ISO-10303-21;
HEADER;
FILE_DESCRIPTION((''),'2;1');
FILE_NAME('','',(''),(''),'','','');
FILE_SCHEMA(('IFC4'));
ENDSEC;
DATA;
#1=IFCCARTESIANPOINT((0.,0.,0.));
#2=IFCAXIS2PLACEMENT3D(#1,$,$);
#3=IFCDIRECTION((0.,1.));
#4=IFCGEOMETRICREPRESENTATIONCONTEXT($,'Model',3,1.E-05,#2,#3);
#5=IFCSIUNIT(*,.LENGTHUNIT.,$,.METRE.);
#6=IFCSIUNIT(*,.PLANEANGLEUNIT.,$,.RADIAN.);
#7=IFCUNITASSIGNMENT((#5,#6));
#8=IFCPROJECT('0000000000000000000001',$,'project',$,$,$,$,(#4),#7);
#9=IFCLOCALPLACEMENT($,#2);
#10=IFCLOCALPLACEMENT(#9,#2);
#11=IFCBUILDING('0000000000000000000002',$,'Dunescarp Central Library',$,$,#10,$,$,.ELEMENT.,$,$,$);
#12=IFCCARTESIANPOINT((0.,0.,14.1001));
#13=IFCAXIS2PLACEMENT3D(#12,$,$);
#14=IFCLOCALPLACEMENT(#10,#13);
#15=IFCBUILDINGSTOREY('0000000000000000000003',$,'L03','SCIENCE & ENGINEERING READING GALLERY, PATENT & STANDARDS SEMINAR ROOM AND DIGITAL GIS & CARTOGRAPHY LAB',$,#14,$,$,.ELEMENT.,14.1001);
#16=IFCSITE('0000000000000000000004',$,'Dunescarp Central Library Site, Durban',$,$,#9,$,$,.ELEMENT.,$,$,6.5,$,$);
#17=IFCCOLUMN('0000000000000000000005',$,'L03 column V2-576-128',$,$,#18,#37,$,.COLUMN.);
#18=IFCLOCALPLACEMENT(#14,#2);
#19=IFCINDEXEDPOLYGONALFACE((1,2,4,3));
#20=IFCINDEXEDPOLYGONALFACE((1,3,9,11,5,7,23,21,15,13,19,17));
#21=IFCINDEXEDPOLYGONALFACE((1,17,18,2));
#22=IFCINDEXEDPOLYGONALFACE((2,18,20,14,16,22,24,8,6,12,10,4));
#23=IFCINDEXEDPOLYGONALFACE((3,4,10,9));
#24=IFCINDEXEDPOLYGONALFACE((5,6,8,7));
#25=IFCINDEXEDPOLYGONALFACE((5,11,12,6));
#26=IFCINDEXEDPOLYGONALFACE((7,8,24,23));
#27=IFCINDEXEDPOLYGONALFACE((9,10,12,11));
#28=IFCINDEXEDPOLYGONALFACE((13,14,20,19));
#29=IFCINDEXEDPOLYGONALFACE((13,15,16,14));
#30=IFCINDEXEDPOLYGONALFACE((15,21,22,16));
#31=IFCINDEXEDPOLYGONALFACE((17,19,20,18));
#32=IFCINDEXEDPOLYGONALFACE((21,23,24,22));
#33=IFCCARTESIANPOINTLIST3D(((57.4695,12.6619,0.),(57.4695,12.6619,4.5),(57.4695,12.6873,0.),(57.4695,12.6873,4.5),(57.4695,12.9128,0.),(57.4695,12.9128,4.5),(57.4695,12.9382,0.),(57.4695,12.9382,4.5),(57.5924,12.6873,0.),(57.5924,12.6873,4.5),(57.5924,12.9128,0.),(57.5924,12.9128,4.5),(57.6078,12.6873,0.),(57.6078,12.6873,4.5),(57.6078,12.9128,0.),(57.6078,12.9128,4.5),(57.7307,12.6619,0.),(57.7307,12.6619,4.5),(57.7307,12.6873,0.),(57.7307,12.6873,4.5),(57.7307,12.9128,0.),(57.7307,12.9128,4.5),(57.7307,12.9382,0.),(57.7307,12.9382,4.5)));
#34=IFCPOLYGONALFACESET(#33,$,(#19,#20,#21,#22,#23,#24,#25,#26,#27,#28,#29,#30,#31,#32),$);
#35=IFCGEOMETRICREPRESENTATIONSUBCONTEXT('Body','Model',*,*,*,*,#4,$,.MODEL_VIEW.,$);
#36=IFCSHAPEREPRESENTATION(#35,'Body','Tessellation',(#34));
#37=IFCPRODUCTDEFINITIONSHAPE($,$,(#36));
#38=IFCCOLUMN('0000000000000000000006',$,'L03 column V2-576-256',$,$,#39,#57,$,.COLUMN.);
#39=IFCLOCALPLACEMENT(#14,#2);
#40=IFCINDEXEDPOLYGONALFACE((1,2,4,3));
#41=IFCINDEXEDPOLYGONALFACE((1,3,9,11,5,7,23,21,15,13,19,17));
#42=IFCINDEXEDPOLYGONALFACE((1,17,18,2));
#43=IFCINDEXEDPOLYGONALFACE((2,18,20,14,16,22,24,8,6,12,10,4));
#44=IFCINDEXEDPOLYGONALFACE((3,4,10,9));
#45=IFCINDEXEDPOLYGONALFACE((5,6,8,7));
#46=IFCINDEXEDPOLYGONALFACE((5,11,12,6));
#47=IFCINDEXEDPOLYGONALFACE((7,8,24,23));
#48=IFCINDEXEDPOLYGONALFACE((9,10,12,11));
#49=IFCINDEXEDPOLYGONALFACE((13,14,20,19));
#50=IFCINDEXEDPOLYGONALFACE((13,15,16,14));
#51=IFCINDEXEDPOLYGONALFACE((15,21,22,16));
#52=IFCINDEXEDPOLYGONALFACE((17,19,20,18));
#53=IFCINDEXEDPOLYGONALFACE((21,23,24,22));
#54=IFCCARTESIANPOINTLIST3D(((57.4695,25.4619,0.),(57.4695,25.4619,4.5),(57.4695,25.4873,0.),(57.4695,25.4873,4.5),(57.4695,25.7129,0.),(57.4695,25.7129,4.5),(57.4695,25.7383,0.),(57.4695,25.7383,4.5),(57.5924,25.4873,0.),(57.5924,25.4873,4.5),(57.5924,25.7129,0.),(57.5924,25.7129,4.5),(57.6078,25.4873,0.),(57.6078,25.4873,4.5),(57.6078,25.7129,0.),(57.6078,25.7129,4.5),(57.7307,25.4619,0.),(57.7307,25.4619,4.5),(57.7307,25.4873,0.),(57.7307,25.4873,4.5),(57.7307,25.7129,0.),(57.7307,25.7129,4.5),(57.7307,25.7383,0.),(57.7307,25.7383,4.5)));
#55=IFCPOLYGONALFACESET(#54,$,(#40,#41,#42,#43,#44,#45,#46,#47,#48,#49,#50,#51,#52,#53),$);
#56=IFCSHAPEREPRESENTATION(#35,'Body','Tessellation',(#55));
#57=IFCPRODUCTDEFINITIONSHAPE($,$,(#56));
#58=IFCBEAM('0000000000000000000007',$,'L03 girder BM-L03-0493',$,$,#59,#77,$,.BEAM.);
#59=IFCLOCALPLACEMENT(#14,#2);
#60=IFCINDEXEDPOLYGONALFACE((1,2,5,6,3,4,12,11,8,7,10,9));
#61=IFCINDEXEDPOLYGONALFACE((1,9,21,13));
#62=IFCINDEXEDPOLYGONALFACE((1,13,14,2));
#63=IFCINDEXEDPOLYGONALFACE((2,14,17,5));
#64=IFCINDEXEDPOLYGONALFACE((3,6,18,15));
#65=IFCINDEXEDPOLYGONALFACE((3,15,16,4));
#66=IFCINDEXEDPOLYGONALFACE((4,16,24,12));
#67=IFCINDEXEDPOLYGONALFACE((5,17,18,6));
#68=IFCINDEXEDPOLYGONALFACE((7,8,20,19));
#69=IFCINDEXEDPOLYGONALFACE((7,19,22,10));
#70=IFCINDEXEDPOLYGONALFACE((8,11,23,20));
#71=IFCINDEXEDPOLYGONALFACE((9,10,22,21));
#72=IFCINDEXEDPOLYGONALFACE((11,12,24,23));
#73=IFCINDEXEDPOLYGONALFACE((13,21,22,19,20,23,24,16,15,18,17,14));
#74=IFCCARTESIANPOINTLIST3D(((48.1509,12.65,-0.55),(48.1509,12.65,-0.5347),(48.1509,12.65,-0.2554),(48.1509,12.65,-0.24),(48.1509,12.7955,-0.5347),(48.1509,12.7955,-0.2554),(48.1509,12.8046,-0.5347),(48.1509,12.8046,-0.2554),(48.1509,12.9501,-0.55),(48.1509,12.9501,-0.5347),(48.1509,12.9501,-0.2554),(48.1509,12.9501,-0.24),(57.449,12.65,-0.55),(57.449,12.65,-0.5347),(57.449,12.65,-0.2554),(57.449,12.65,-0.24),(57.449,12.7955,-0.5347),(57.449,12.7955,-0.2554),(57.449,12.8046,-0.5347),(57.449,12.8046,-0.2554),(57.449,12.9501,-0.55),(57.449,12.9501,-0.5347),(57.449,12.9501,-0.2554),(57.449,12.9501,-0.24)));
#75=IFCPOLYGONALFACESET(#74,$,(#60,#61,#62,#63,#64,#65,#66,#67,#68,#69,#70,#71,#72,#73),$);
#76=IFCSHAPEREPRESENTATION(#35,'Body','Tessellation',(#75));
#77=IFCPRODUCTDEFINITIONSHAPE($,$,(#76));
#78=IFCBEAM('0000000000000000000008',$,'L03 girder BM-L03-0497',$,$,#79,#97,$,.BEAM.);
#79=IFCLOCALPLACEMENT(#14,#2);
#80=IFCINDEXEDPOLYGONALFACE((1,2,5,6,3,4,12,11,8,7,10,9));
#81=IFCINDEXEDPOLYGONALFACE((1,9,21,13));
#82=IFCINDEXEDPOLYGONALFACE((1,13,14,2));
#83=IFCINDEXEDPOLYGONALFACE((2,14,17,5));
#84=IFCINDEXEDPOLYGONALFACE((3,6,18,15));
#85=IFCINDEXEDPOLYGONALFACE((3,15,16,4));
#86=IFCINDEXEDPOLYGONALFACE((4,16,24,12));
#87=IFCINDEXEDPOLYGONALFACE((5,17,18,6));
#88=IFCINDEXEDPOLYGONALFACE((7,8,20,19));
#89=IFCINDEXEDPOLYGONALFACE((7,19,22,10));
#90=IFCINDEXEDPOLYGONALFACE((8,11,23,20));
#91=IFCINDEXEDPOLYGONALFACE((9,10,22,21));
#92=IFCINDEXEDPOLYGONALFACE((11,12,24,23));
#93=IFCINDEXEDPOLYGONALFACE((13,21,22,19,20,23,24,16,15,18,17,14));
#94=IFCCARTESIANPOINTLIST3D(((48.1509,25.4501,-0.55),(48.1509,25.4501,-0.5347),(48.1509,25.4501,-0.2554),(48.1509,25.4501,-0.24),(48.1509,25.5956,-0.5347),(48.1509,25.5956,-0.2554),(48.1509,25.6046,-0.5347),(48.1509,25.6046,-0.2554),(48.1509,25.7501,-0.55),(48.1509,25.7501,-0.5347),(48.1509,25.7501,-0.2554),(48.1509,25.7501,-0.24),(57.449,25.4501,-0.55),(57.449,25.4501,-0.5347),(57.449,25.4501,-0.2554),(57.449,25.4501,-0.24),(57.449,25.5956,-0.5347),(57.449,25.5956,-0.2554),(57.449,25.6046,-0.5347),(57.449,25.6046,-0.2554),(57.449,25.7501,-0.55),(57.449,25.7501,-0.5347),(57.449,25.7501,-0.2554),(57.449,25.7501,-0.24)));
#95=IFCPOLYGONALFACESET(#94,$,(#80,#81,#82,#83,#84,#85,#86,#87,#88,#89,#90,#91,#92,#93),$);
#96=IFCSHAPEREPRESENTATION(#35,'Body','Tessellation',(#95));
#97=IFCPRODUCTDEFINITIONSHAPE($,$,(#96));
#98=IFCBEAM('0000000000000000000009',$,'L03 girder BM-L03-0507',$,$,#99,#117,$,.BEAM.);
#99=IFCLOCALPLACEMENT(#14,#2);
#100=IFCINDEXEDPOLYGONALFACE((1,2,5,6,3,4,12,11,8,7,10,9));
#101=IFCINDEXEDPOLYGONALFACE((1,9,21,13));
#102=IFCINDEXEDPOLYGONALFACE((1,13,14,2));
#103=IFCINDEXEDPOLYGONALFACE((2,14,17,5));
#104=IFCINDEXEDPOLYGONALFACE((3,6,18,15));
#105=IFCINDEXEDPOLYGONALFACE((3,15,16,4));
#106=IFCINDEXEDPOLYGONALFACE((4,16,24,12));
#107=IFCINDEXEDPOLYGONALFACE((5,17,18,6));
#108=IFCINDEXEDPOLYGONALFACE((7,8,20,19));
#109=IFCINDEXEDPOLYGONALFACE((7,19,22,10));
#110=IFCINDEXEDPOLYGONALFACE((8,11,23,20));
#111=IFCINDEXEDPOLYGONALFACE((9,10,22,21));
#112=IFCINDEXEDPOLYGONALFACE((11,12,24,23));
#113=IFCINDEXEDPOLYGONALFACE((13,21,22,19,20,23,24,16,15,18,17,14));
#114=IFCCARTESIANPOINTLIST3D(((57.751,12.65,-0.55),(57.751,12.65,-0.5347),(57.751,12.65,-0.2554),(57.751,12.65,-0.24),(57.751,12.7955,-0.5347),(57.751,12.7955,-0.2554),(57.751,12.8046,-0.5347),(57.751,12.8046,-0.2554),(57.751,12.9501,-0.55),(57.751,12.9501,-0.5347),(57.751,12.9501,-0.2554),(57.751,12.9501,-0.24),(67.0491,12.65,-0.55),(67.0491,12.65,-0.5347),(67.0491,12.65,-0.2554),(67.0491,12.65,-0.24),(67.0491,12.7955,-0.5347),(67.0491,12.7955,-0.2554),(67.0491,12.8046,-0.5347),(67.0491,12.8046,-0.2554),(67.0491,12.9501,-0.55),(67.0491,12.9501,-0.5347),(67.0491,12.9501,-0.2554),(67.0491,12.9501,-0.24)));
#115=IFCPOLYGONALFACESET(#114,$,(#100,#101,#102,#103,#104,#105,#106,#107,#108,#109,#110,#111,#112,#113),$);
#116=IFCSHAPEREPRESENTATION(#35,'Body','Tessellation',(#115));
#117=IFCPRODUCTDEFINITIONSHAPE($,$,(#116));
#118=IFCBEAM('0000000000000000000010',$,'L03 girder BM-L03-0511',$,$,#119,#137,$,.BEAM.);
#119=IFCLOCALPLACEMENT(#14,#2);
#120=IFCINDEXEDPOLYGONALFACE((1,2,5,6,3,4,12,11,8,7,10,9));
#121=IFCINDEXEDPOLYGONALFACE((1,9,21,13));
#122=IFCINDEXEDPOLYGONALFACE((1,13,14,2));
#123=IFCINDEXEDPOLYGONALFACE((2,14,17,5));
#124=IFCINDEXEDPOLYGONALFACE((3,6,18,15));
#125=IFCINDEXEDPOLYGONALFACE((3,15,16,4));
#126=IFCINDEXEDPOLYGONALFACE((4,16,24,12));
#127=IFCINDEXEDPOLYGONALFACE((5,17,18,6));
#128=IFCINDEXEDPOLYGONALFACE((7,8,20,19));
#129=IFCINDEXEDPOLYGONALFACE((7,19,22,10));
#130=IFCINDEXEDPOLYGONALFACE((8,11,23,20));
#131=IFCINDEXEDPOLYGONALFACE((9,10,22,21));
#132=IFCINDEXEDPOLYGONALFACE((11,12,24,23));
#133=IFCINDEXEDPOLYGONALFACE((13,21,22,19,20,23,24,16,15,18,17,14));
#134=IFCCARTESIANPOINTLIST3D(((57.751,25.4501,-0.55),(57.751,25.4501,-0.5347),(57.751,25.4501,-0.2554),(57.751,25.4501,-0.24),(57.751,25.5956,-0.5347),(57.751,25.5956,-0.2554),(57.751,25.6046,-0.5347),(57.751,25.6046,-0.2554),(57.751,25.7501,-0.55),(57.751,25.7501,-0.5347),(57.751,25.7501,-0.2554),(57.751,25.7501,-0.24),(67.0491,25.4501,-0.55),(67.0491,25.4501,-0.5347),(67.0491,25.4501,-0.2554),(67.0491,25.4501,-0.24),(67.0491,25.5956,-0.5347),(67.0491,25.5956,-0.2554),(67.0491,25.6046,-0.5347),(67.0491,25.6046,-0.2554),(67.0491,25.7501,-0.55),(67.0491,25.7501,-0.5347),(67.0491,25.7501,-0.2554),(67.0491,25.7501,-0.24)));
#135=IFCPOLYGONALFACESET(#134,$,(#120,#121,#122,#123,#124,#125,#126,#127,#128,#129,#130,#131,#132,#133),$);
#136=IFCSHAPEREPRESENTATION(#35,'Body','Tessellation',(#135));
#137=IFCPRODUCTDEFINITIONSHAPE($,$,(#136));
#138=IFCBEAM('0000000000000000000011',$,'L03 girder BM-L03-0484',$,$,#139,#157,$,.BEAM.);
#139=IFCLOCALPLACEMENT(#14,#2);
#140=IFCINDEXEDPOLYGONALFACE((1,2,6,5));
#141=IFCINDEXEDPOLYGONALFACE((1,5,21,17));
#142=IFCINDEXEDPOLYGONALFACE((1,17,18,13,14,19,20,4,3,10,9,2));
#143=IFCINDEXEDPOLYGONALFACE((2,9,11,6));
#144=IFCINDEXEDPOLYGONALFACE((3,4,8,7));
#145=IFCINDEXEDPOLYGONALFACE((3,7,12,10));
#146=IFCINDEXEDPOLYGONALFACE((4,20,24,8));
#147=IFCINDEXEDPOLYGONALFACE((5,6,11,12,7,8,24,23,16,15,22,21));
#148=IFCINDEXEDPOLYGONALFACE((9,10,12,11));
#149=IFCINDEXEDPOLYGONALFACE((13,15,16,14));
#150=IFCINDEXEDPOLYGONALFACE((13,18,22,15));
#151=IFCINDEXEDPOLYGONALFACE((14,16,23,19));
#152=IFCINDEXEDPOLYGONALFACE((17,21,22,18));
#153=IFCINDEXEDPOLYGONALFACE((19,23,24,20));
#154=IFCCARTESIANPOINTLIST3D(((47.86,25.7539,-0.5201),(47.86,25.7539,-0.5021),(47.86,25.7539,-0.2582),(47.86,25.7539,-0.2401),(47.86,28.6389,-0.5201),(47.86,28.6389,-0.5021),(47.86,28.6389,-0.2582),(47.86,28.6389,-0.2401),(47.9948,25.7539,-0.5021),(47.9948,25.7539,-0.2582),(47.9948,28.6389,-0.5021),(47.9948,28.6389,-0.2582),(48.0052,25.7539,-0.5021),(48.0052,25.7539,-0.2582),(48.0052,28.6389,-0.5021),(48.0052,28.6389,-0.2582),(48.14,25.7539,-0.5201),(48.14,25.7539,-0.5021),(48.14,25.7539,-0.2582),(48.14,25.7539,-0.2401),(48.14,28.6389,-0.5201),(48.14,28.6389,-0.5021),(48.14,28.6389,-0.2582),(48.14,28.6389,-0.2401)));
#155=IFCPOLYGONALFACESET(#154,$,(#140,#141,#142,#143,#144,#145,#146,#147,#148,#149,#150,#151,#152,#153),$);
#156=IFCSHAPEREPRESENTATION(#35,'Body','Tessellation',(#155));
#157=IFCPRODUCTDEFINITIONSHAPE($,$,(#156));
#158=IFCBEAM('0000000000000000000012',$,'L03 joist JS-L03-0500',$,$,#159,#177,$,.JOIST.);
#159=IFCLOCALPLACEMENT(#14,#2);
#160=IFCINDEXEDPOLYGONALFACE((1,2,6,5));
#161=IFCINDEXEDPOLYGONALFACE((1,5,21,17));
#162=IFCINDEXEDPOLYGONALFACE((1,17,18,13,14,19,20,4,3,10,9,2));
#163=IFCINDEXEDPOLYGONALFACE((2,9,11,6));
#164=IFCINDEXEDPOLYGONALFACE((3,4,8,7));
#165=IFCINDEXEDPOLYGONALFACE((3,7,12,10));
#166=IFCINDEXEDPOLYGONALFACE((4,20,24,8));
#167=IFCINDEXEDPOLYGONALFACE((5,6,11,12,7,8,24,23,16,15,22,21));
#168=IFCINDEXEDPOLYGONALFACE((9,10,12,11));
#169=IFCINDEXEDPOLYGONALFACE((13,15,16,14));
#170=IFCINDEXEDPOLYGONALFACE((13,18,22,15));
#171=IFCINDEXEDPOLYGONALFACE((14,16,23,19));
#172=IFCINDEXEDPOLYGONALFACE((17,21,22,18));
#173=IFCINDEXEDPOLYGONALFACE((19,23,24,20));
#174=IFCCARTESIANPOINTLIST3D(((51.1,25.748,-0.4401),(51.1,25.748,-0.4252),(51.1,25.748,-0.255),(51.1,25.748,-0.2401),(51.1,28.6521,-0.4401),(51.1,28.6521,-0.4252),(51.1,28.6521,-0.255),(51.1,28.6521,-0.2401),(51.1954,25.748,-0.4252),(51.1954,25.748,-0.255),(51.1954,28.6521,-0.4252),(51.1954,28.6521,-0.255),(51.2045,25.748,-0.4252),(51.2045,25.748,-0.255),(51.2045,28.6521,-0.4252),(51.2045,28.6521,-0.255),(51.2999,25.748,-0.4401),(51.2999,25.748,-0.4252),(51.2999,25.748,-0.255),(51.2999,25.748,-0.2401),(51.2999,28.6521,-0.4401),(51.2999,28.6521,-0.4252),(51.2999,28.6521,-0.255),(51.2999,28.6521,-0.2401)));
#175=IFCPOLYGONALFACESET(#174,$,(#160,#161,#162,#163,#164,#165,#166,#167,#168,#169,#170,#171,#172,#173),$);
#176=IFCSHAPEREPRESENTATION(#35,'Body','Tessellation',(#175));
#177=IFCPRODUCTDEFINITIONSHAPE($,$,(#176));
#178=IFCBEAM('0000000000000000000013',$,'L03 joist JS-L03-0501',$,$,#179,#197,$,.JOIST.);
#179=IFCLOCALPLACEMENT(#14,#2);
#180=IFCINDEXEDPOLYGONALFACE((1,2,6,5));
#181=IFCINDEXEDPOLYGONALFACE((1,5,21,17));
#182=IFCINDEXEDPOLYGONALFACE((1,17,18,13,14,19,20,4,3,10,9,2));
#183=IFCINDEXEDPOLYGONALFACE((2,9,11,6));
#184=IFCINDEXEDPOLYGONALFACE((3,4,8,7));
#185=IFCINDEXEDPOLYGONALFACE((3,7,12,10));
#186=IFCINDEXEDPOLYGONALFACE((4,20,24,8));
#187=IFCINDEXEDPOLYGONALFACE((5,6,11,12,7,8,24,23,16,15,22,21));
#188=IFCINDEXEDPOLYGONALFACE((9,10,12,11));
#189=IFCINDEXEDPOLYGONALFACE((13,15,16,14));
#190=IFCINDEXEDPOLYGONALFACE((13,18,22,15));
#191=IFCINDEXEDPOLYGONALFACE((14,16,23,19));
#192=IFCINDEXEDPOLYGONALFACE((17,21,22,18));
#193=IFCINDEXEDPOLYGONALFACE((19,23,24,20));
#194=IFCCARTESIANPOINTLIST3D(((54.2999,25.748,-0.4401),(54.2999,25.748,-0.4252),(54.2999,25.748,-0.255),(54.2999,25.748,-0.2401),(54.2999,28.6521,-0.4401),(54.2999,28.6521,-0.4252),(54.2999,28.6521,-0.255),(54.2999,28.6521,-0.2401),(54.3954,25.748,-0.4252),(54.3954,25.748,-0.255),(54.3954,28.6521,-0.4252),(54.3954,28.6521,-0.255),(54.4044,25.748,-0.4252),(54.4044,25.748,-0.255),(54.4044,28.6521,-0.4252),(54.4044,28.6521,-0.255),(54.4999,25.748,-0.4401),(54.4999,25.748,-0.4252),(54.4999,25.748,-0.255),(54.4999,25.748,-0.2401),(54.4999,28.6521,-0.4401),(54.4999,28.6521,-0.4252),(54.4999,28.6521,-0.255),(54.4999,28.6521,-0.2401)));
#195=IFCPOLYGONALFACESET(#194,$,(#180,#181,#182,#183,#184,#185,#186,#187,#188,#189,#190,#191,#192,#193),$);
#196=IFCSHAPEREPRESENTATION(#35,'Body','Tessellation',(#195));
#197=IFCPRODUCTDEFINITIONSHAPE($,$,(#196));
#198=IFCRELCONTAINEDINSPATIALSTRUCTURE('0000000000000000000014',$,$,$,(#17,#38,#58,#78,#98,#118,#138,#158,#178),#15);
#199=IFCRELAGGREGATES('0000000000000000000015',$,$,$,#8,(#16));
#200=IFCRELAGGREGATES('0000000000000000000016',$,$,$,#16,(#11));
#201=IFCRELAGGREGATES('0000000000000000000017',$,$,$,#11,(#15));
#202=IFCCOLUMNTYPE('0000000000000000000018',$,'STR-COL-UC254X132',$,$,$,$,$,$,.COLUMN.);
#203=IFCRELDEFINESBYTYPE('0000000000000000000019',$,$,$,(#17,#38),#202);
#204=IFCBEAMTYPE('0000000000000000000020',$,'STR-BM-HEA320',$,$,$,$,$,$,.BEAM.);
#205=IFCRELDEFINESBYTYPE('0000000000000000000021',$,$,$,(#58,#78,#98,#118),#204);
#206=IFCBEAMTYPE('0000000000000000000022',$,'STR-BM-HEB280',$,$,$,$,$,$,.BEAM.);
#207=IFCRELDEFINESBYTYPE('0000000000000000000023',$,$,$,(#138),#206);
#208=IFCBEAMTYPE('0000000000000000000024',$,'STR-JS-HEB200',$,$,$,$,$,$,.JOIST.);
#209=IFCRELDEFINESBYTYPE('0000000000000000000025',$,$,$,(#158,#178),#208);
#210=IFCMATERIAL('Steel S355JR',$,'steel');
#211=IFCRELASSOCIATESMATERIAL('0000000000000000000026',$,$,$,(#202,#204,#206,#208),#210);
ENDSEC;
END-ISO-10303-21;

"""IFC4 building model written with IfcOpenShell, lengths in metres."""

from ifc_helpers import new_model, si_unit, direction, frame, origin, origin_2d, place, context, subcontext, project, spatial, i_section, extrude, material, material_profile, profile_set, type_object, element, save


model = new_model("IFC4")

# Units and contexts
model_context = context("Model", 3, precision=1e-05, world=origin(), true_north=direction((0.0, 1.0)))
body_context = subcontext(model_context, "Body", "Model", "MODEL_VIEW")
ifc_project = project(units=[si_unit("LENGTHUNIT", "METRE"), si_unit("PLANEANGLEUNIT", "RADIAN")], contexts=[model_context])

# Site, building, storey
site_placement = place(None, origin())
site = spatial("IfcSite", under=ifc_project, at=site_placement, Name="Dunescarp Central Library Site, Durban", CompositionType="ELEMENT", RefElevation=6.5)
building_placement = place(site_placement, origin())
building = spatial("IfcBuilding", under=site, at=building_placement, Name="Dunescarp Central Library", CompositionType="ELEMENT")
storey_placement = place(building_placement, frame((0.0, 0.0, 14.1001)))
storey = spatial("IfcBuildingStorey", under=building, at=storey_placement, Name="L03", Description="SCIENCE & ENGINEERING READING GALLERY, PATENT & STANDARDS SEMINAR ROOM AND DIGITAL GIS & CARTOGRAPHY LAB", CompositionType="ELEMENT", Elevation=14.1001)

# Columns
ifc_material_1 = material(Name="Steel S355JR", Category="steel")
ifc_material_profile_1 = material_profile(ifc_material_1, i_section(OverallWidth=0.2612, OverallDepth=0.2764, WebThickness=0.0154, FlangeThickness=0.0254, at=origin_2d()), Name="UC 254x254x132")
ifc_profile_set_1 = profile_set([ifc_material_profile_1], Name="Steel S355JR")
column_type = type_object("IfcColumnType", Name="STR-COL-UC254X132", PredefinedType="COLUMN", material=ifc_profile_set_1)
for number, where, z_axis, x_axis, name in (
    (1, (57.6001, 12.8, 0.0), (0.0, 0.0, 1.0), (1.0, 0.0, 0.0), "L03 column V2-576-128"),
    (2, (57.6001, 25.6001, 0.0), (0.0, 0.0, 1.0), (1.0, 0.0, 0.0), "L03 column V2-576-256"),
):
    element("IfcColumn", number, at=place(storey_placement, frame(where, z_axis=z_axis, x_axis=x_axis)), inside=storey, type_object=column_type, Name=name, PredefinedType="COLUMN", context=body_context, shape_type="SweptSolid", body=[
        extrude(i_section(OverallWidth=0.2612, OverallDepth=0.2764, WebThickness=0.0154, FlangeThickness=0.0254, at=origin_2d()), origin(), (0.0, 0.0, 1.0), 4.5),
    ])

# Beams
ifc_material_profile_2 = material_profile(ifc_material_1, i_section(OverallWidth=0.3, OverallDepth=0.3101, WebThickness=0.009, FlangeThickness=0.0154, at=origin_2d()), Name="HEA 320")
ifc_profile_set_2 = profile_set([ifc_material_profile_2], Name="Steel S355JR")
beam_type_1 = type_object("IfcBeamType", Name="STR-BM-HEA320", PredefinedType="BEAM", material=ifc_profile_set_2)
for number, where, z_axis, x_axis, name in (
    (3, (48.1509, 12.8, -0.395), (1.0, 0.0, 0.0), (0.0, 1.0, 0.0), "L03 girder BM-L03-0493"),
    (4, (48.1509, 25.6001, -0.395), (1.0, 0.0, 0.0), (0.0, 1.0, 0.0), "L03 girder BM-L03-0497"),
    (5, (57.751, 12.8, -0.395), (1.0, 0.0, 0.0), (0.0, 1.0, 0.0), "L03 girder BM-L03-0507"),
    (6, (57.751, 25.6001, -0.395), (1.0, 0.0, 0.0), (0.0, 1.0, 0.0), "L03 girder BM-L03-0511"),
):
    element("IfcBeam", number, at=place(storey_placement, frame(where, z_axis=z_axis, x_axis=x_axis)), inside=storey, type_object=beam_type_1, Name=name, PredefinedType="BEAM", context=body_context, shape_type="SweptSolid", body=[
        extrude(i_section(OverallWidth=0.3, OverallDepth=0.3101, WebThickness=0.009, FlangeThickness=0.0154, at=origin_2d()), origin(), (0.0, 0.0, 1.0), 9.2981),
    ])
ifc_material_profile_3 = material_profile(ifc_material_1, i_section(OverallWidth=0.28, OverallDepth=0.28, WebThickness=0.0105, FlangeThickness=0.0181, at=origin_2d()), Name="HEB 280")
ifc_profile_set_3 = profile_set([ifc_material_profile_3], Name="Steel S355JR")
beam_type_2 = type_object("IfcBeamType", Name="STR-BM-HEB280", PredefinedType="BEAM", material=ifc_profile_set_3)
beam_placement = place(storey_placement, frame((48.0, 25.7539, -0.3801), z_axis=(0.0, 1.0, 0.0), x_axis=(-1.0, 0.0, 0.0)))
element("IfcBeam", 7, at=beam_placement, inside=storey, type_object=beam_type_2, Name="L03 girder BM-L03-0484", PredefinedType="BEAM", context=body_context, shape_type="SweptSolid", body=[
    extrude(i_section(OverallWidth=0.28, OverallDepth=0.28, WebThickness=0.0105, FlangeThickness=0.0181, at=origin_2d()), origin(), (0.0, 0.0, 1.0), 2.885),
])
ifc_material_profile_4 = material_profile(ifc_material_1, i_section(OverallWidth=0.2, OverallDepth=0.2, WebThickness=0.009, FlangeThickness=0.0149, at=origin_2d()), Name="HEB 200")
ifc_profile_set_4 = profile_set([ifc_material_profile_4], Name="Steel S355JR")
beam_type_3 = type_object("IfcBeamType", Name="STR-JS-HEB200", PredefinedType="JOIST", material=ifc_profile_set_4)
for number, where, z_axis, x_axis, name in (
    (8, (51.2, 25.748, -0.3401), (0.0, 1.0, 0.0), (-1.0, 0.0, 0.0), "L03 joist JS-L03-0500"),
    (9, (54.3999, 25.748, -0.3401), (0.0, 1.0, 0.0), (-1.0, 0.0, 0.0), "L03 joist JS-L03-0501"),
):
    element("IfcBeam", number, at=place(storey_placement, frame(where, z_axis=z_axis, x_axis=x_axis)), inside=storey, type_object=beam_type_3, Name=name, PredefinedType="JOIST", context=body_context, shape_type="SweptSolid", body=[
        extrude(i_section(OverallWidth=0.2, OverallDepth=0.2, WebThickness=0.009, FlangeThickness=0.0149, at=origin_2d()), origin(), (0.0, 0.0, 1.0), 2.9041),
    ])

save(model, "model.ifc")
